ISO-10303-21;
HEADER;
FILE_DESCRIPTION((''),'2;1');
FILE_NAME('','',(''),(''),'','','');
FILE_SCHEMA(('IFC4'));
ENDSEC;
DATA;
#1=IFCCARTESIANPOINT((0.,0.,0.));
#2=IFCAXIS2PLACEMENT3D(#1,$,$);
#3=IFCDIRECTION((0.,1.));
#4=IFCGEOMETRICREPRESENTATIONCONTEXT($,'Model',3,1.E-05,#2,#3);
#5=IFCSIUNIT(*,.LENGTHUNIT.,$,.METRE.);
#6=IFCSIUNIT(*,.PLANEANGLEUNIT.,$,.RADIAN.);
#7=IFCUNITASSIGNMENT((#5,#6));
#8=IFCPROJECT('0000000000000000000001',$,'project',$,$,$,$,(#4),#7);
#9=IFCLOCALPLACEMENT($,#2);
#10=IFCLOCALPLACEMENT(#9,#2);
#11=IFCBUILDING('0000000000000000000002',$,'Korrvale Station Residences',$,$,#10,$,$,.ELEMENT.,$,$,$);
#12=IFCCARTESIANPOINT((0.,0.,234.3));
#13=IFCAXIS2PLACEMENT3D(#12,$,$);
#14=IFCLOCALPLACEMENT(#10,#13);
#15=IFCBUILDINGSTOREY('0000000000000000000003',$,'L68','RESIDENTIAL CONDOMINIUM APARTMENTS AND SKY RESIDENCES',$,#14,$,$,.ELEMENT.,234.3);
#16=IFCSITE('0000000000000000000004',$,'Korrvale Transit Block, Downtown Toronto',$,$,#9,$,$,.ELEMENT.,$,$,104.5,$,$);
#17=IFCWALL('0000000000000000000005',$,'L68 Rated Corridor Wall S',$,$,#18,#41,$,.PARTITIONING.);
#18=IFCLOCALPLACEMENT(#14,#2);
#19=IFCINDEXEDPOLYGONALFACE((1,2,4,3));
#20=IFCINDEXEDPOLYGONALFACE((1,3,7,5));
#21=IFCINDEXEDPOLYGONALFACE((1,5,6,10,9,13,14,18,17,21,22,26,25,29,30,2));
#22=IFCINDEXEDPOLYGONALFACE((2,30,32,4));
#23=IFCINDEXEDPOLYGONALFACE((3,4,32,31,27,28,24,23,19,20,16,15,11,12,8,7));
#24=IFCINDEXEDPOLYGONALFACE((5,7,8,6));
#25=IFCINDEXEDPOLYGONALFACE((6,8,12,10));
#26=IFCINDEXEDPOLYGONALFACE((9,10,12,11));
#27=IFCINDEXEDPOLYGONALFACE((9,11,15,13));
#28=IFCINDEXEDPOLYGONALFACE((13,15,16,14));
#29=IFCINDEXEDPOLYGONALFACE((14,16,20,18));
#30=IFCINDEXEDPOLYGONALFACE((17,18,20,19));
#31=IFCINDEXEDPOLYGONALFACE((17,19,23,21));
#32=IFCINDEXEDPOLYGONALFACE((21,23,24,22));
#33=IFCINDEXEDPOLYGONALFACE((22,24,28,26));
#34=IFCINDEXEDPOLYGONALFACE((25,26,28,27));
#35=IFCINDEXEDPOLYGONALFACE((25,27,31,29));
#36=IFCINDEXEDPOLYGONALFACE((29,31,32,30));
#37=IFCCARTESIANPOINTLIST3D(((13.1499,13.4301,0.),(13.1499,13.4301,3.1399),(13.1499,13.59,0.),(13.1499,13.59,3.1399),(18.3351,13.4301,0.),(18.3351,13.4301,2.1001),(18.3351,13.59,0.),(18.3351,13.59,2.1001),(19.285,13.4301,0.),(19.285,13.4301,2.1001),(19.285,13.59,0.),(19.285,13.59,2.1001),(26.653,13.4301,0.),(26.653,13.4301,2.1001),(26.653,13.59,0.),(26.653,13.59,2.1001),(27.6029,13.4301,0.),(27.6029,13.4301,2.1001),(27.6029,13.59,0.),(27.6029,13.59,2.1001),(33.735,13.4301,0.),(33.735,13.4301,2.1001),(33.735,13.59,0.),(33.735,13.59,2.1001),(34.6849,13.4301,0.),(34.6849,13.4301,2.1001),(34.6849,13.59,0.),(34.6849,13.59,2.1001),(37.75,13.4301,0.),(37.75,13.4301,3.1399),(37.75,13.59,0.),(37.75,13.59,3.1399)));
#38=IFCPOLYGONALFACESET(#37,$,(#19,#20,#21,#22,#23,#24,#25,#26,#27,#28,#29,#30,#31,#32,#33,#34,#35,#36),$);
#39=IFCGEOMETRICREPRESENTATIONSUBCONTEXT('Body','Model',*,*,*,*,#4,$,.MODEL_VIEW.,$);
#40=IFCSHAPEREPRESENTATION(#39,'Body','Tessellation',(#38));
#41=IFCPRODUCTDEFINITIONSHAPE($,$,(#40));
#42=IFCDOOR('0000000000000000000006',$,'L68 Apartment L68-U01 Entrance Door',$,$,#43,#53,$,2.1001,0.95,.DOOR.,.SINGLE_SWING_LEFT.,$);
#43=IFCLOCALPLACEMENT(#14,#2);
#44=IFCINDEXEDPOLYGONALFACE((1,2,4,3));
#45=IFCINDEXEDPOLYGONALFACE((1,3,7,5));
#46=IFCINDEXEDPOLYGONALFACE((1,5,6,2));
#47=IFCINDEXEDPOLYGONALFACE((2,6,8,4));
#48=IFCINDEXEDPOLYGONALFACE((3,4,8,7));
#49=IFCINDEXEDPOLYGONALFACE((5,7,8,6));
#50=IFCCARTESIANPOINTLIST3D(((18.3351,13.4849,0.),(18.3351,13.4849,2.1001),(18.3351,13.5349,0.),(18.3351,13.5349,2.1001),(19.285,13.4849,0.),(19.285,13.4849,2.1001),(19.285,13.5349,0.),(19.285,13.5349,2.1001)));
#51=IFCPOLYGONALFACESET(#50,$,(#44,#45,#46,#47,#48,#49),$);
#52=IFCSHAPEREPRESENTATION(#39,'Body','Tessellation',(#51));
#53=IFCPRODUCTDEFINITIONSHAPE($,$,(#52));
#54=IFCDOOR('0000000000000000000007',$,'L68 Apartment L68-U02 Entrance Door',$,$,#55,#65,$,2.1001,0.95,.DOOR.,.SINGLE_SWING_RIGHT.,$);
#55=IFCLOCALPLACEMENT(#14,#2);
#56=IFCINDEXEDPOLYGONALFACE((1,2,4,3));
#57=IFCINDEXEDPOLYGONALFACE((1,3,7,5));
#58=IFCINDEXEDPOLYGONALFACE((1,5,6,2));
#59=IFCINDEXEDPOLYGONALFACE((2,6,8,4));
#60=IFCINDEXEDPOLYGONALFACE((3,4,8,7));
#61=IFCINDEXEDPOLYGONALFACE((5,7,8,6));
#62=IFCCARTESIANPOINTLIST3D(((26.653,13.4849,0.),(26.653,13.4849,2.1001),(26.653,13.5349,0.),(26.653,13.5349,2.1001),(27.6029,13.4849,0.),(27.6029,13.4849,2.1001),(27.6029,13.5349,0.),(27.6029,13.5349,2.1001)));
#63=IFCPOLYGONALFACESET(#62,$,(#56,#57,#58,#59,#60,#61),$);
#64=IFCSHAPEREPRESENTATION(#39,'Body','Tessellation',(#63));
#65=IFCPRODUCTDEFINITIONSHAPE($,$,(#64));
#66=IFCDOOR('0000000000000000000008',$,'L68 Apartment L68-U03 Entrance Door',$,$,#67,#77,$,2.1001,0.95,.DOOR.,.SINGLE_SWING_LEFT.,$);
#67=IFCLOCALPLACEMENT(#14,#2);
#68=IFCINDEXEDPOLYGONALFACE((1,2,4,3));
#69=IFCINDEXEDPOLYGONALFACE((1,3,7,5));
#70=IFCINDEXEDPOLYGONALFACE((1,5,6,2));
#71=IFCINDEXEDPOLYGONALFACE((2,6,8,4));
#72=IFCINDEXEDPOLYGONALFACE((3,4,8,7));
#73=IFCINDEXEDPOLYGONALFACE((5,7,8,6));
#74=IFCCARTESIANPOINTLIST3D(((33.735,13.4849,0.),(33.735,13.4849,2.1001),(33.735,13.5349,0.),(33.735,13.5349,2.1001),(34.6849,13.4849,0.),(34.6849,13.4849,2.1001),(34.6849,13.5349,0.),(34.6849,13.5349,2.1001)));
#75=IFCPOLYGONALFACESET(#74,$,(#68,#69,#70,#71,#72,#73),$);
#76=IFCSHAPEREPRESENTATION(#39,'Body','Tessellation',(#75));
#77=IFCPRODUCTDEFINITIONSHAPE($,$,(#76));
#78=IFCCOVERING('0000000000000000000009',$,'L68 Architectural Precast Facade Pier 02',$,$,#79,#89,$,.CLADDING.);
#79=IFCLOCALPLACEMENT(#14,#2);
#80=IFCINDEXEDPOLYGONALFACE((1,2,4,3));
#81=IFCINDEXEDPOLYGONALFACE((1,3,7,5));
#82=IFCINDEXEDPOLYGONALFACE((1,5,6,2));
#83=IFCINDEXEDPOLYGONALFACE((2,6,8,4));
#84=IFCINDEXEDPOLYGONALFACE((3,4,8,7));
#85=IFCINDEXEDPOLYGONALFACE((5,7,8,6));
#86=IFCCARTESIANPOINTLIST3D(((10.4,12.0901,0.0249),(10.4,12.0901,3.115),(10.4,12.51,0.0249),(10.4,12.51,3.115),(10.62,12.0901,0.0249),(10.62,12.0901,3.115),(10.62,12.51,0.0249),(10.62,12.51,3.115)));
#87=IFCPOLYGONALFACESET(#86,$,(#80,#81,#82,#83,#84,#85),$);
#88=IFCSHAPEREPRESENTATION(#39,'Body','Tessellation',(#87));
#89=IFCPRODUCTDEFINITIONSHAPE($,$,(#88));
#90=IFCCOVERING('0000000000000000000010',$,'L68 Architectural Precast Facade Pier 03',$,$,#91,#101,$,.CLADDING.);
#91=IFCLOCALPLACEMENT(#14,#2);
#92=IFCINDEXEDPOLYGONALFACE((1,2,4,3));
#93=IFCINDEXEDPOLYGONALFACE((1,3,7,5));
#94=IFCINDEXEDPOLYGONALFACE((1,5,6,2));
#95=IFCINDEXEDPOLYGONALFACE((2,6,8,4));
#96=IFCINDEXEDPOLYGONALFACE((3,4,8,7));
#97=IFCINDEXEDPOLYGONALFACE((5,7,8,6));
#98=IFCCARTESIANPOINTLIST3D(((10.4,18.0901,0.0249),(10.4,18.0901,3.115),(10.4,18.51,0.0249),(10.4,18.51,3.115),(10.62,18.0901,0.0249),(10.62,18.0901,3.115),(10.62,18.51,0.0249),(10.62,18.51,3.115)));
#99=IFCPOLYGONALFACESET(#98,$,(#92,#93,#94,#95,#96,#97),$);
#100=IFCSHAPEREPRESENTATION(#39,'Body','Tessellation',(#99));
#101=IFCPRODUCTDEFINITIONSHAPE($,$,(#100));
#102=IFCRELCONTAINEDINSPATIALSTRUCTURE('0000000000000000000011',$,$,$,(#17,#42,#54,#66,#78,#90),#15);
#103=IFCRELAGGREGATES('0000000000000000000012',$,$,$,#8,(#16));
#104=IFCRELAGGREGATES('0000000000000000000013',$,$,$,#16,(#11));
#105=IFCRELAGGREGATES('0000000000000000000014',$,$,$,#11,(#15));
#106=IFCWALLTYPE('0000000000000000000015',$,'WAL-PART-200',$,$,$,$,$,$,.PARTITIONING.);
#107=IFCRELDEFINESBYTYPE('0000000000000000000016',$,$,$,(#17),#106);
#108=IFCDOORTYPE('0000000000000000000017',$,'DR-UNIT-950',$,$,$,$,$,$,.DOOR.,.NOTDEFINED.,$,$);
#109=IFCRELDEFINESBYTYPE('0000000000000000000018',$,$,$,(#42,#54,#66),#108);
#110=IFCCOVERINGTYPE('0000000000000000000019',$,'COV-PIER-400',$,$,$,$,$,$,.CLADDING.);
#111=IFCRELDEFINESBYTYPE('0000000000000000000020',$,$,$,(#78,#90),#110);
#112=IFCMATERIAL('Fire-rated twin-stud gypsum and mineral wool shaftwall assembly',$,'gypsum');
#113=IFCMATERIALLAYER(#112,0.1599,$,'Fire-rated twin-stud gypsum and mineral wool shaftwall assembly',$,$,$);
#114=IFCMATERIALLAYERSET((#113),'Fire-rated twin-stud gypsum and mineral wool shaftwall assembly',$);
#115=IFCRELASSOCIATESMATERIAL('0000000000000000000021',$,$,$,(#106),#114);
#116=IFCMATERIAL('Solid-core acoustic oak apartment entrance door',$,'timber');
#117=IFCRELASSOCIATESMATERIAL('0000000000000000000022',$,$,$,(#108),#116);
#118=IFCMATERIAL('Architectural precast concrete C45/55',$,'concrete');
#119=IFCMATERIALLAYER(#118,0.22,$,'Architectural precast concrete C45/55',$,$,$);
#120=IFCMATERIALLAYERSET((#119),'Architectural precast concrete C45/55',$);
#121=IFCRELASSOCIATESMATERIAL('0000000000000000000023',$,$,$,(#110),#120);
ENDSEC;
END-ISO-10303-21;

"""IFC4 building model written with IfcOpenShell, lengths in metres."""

from ifc_helpers import new_model, si_unit, direction, frame, frame_2d, origin, origin_2d, place, context, subcontext, project, spatial, rectangle, extrude, material, layer, layer_set, type_object, element, fill, save


model = new_model("IFC4")

# Units and contexts
model_context = context("Model", 3, precision=1e-05, world=origin(), true_north=direction((0.0, 1.0)))
body_context = subcontext(model_context, "Body", "Model", "MODEL_VIEW")
ifc_project = project(units=[si_unit("LENGTHUNIT", "METRE"), si_unit("PLANEANGLEUNIT", "RADIAN")], contexts=[model_context])

# Site, building, storey
site_placement = place(None, origin())
site = spatial("IfcSite", under=ifc_project, at=site_placement, Name="Korrvale Transit Block, Downtown Toronto", CompositionType="ELEMENT", RefElevation=104.5)
building_placement = place(site_placement, origin())
building = spatial("IfcBuilding", under=site, at=building_placement, Name="Korrvale Station Residences", CompositionType="ELEMENT")
storey_placement = place(building_placement, frame((0.0, 0.0, 234.3)))
storey = spatial("IfcBuildingStorey", under=building, at=storey_placement, Name="L68", Description="RESIDENTIAL CONDOMINIUM APARTMENTS AND SKY RESIDENCES", CompositionType="ELEMENT", Elevation=234.3)

# Shared definitions
ifc_material_1 = material(Name="Fire-rated twin-stud gypsum and mineral wool shaftwall assembly", Category="gypsum")
ifc_layer_1 = layer(ifc_material_1, 0.1599, Name="Fire-rated twin-stud gypsum and mineral wool shaftwall assembly")
ifc_layer_set_1 = layer_set([ifc_layer_1], Name="Fire-rated twin-stud gypsum and mineral wool shaftwall assembly")
wall_type_1 = type_object("IfcWallType", Name="WAL-PART-200", PredefinedType="PARTITIONING", material=ifc_layer_set_1)

# Shared definitions
ifc_material_2 = material(Name="Solid-core acoustic oak apartment entrance door", Category="timber")
door_type_1 = type_object("IfcDoorType", Name="DR-UNIT-950", OperationType="NOTDEFINED", PredefinedType="DOOR", material=ifc_material_2)

# Wall, openings, doors
wall_1_placement = place(storey_placement, frame((13.1499, 13.51, 0.0), z_axis=(0.0, 0.0, 1.0), x_axis=(1.0, 0.0, 0.0)))
wall_1 = element("IfcWall", 1, at=wall_1_placement, inside=storey, type_object=wall_type_1, Name="L68 Rated Corridor Wall S", PredefinedType="PARTITIONING", context=body_context, shape_type="SweptSolid", body=[
    extrude(rectangle(XDim=24.6001, YDim=0.1599, at=frame_2d((12.3, 0.0))), origin(), (0.0, 0.0, 1.0), 3.1399),
])
opening_1_placement = place(wall_1_placement, frame((5.1851, 0.0, 0.0)))
opening_1 = element("IfcOpeningElement", 2, at=opening_1_placement, cuts=wall_1, PredefinedType="OPENING", context=body_context, shape_type="SweptSolid", body=[
    extrude(rectangle(XDim=0.95, YDim=2.1001, at=frame_2d((0.4751, 1.05))), frame((0.0, 0.0898, 0.0), z_axis=(0.0, -1.0, 0.0), x_axis=(1.0, 0.0, 0.0)), (0.0, 0.0, 1.0), 0.1799),
])
opening_2_placement = place(wall_1_placement, frame((13.5029, 0.0, 0.0)))
opening_2 = element("IfcOpeningElement", 3, at=opening_2_placement, cuts=wall_1, PredefinedType="OPENING", context=body_context, shape_type="SweptSolid", body=[
    extrude(rectangle(XDim=0.95, YDim=2.1001, at=frame_2d((0.4751, 1.05))), frame((0.0, 0.0898, 0.0), z_axis=(0.0, -1.0, 0.0), x_axis=(1.0, 0.0, 0.0)), (0.0, 0.0, 1.0), 0.1799),
])
opening_3_placement = place(wall_1_placement, frame((20.585, 0.0, 0.0)))
opening_3 = element("IfcOpeningElement", 4, at=opening_3_placement, cuts=wall_1, PredefinedType="OPENING", context=body_context, shape_type="SweptSolid", body=[
    extrude(rectangle(XDim=0.95, YDim=2.1001, at=frame_2d((0.4751, 1.05))), frame((0.0, 0.0898, 0.0), z_axis=(0.0, -1.0, 0.0), x_axis=(1.0, 0.0, 0.0)), (0.0, 0.0, 1.0), 0.1799),
])
door_1_placement = place(opening_1_placement, origin())
door_1 = element("IfcDoor", 5, at=door_1_placement, inside=storey, type_object=door_type_1, Name="L68 Apartment L68-U01 Entrance Door", OperationType="SINGLE_SWING_LEFT", OverallHeight=2.1001, OverallWidth=0.95, PredefinedType="DOOR", context=body_context, shape_type="SweptSolid", body=[
    extrude(rectangle(XDim=0.95, YDim=2.1001, at=frame_2d((0.4751, 1.05))), frame((0.0, 0.0249, 0.0), z_axis=(0.0, -1.0, 0.0), x_axis=(1.0, 0.0, 0.0)), (0.0, 0.0, 1.0), 0.05),
])
fill(opening_1, door_1)
door_2_placement = place(opening_2_placement, origin())
door_2 = element("IfcDoor", 6, at=door_2_placement, inside=storey, type_object=door_type_1, Name="L68 Apartment L68-U02 Entrance Door", OperationType="SINGLE_SWING_RIGHT", OverallHeight=2.1001, OverallWidth=0.95, PredefinedType="DOOR", context=body_context, shape_type="SweptSolid", body=[
    extrude(rectangle(XDim=0.95, YDim=2.1001, at=frame_2d((0.4751, 1.05))), frame((0.0, 0.0249, 0.0), z_axis=(0.0, -1.0, 0.0), x_axis=(1.0, 0.0, 0.0)), (0.0, 0.0, 1.0), 0.05),
])
fill(opening_2, door_2)
door_3_placement = place(opening_3_placement, origin())
door_3 = element("IfcDoor", 7, at=door_3_placement, inside=storey, type_object=door_type_1, Name="L68 Apartment L68-U03 Entrance Door", OperationType="SINGLE_SWING_LEFT", OverallHeight=2.1001, OverallWidth=0.95, PredefinedType="DOOR", context=body_context, shape_type="SweptSolid", body=[
    extrude(rectangle(XDim=0.95, YDim=2.1001, at=frame_2d((0.4751, 1.05))), frame((0.0, 0.0249, 0.0), z_axis=(0.0, -1.0, 0.0), x_axis=(1.0, 0.0, 0.0)), (0.0, 0.0, 1.0), 0.05),
])
fill(opening_3, door_3)

# Coverings
ifc_material_3 = material(Name="Architectural precast concrete C45/55", Category="concrete")
ifc_layer_2 = layer(ifc_material_3, 0.22, Name="Architectural precast concrete C45/55")
ifc_layer_set_2 = layer_set([ifc_layer_2], Name="Architectural precast concrete C45/55")
covering_type = type_object("IfcCoveringType", Name="COV-PIER-400", PredefinedType="CLADDING", material=ifc_layer_set_2)
for number, where, z_axis, x_axis, name in (
    (8, (10.51, 12.3, 0.0249), (0.0, 0.0, 1.0), (0.0, 1.0, 0.0), "L68 Architectural Precast Facade Pier 02"),
    (9, (10.51, 18.3, 0.0249), (0.0, 0.0, 1.0), (0.0, 1.0, 0.0), "L68 Architectural Precast Facade Pier 03"),
):
    element("IfcCovering", number, at=place(storey_placement, frame(where, z_axis=z_axis, x_axis=x_axis)), inside=storey, type_object=covering_type, Name=name, PredefinedType="CLADDING", context=body_context, shape_type="SweptSolid", body=[
        extrude(rectangle(XDim=0.4199, YDim=0.22, at=origin_2d()), origin(), (0.0, 0.0, 1.0), 3.0901),
    ])

save(model, "model.ifc")
